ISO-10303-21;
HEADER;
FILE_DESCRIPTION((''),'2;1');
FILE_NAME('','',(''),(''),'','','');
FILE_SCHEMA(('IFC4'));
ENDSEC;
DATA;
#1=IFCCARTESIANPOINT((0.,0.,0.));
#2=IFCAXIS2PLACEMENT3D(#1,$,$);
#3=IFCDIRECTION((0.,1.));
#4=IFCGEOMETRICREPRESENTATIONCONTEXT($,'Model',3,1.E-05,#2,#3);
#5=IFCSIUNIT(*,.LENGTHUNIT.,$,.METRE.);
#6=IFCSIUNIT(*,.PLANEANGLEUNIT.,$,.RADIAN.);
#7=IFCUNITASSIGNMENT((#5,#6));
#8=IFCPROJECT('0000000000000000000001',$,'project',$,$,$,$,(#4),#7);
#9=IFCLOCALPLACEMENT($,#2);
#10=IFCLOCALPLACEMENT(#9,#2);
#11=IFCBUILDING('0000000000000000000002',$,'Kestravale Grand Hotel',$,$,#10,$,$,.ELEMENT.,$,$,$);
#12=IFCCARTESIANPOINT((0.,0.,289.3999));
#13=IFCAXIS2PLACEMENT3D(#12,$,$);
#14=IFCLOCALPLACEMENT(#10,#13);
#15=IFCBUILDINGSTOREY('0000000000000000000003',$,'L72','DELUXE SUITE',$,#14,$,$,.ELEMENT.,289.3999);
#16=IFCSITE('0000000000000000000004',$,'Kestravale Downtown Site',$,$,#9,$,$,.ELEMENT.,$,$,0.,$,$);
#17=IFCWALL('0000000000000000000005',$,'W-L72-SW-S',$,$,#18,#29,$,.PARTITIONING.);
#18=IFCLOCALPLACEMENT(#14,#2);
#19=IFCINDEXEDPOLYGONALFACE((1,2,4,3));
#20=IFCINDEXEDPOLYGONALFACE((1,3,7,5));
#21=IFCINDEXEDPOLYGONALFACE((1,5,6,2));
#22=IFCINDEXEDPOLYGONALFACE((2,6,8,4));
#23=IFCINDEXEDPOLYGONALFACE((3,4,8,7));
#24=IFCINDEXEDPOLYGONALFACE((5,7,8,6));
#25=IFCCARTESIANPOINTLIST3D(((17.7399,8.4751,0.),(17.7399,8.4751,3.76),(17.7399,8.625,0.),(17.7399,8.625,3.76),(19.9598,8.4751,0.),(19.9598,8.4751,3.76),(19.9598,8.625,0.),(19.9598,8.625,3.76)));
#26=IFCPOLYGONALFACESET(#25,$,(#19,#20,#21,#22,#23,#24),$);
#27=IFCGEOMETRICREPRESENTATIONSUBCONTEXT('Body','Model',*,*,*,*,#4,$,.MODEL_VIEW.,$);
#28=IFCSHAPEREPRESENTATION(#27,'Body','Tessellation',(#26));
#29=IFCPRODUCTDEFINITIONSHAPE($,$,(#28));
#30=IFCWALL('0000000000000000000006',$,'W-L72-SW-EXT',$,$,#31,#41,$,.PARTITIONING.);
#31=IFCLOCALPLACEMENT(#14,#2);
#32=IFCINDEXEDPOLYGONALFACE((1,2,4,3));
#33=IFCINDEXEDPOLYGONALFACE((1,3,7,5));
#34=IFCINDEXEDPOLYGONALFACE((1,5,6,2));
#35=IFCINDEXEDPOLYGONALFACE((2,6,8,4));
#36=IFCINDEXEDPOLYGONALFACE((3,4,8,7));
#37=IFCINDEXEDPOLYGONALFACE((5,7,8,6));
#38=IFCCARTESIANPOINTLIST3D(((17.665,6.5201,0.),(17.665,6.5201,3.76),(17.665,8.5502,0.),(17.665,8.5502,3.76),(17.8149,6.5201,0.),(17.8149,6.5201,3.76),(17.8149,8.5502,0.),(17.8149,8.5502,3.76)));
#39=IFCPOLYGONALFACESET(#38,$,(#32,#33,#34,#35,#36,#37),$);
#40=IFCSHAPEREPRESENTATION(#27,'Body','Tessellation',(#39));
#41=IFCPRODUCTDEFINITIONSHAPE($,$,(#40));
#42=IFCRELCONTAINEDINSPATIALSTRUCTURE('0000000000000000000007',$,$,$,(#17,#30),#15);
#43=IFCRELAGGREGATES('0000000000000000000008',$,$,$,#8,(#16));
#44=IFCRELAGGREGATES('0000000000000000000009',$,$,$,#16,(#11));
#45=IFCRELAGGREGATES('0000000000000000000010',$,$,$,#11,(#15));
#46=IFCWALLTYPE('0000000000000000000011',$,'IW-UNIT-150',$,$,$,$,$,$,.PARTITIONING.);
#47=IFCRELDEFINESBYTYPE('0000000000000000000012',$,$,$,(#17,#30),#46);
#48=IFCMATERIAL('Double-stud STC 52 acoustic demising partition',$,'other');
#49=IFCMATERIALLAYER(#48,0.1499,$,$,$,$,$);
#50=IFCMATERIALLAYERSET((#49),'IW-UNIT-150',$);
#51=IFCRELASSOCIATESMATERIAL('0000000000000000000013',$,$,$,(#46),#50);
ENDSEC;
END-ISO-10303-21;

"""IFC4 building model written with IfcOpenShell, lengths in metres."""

from ifc_helpers import new_model, si_unit, direction, frame, frame_2d, origin, place, context, subcontext, project, spatial, rectangle, extrude, material, layer, layer_set, type_object, element, save


model = new_model("IFC4")

# Units and contexts
model_context = context("Model", 3, precision=1e-05, world=origin(), true_north=direction((0.0, 1.0)))
body_context = subcontext(model_context, "Body", "Model", "MODEL_VIEW")
ifc_project = project(units=[si_unit("LENGTHUNIT", "METRE"), si_unit("PLANEANGLEUNIT", "RADIAN")], contexts=[model_context])

# Site, building, storey
site_placement = place(None, origin())
site = spatial("IfcSite", under=ifc_project, at=site_placement, Name="Kestravale Downtown Site", CompositionType="ELEMENT", RefElevation=0.0)
building_placement = place(site_placement, origin())
building = spatial("IfcBuilding", under=site, at=building_placement, Name="Kestravale Grand Hotel", CompositionType="ELEMENT")
storey_placement = place(building_placement, frame((0.0, 0.0, 289.3999)))
storey = spatial("IfcBuildingStorey", under=building, at=storey_placement, Name="L72", Description="DELUXE SUITE", CompositionType="ELEMENT", Elevation=289.3999)

# Walls
ifc_material_1 = material(Name="Double-stud STC 52 acoustic demising partition", Category="other")
ifc_layer_1 = layer(ifc_material_1, 0.1499)
ifc_layer_set_1 = layer_set([ifc_layer_1], Name="IW-UNIT-150")
wall_type_1 = type_object("IfcWallType", Name="IW-UNIT-150", PredefinedType="PARTITIONING", material=ifc_layer_set_1)
wall_1_placement = place(storey_placement, frame((17.74, 8.55, 0.0), z_axis=(0.0, 0.0, 1.0), x_axis=(1.0, 0.0, 0.0)))
element("IfcWall", 1, at=wall_1_placement, inside=storey, type_object=wall_type_1, Name="W-L72-SW-S", PredefinedType="PARTITIONING", context=body_context, shape_type="SweptSolid", body=[
    extrude(rectangle(XDim=2.22, YDim=0.1499, at=frame_2d((1.1099, 0.0))), origin(), (0.0, 0.0, 1.0), 3.76),
])
wall_2_placement = place(storey_placement, frame((17.74, 6.52, 0.0), z_axis=(0.0, 0.0, 1.0), x_axis=(0.0, 1.0, 0.0)))
element("IfcWall", 2, at=wall_2_placement, inside=storey, type_object=wall_type_1, Name="W-L72-SW-EXT", PredefinedType="PARTITIONING", context=body_context, shape_type="SweptSolid", body=[
    extrude(rectangle(XDim=2.03, YDim=0.1499, at=frame_2d((1.0151, 0.0))), origin(), (0.0, 0.0, 1.0), 3.76),
])

save(model, "model.ifc")
